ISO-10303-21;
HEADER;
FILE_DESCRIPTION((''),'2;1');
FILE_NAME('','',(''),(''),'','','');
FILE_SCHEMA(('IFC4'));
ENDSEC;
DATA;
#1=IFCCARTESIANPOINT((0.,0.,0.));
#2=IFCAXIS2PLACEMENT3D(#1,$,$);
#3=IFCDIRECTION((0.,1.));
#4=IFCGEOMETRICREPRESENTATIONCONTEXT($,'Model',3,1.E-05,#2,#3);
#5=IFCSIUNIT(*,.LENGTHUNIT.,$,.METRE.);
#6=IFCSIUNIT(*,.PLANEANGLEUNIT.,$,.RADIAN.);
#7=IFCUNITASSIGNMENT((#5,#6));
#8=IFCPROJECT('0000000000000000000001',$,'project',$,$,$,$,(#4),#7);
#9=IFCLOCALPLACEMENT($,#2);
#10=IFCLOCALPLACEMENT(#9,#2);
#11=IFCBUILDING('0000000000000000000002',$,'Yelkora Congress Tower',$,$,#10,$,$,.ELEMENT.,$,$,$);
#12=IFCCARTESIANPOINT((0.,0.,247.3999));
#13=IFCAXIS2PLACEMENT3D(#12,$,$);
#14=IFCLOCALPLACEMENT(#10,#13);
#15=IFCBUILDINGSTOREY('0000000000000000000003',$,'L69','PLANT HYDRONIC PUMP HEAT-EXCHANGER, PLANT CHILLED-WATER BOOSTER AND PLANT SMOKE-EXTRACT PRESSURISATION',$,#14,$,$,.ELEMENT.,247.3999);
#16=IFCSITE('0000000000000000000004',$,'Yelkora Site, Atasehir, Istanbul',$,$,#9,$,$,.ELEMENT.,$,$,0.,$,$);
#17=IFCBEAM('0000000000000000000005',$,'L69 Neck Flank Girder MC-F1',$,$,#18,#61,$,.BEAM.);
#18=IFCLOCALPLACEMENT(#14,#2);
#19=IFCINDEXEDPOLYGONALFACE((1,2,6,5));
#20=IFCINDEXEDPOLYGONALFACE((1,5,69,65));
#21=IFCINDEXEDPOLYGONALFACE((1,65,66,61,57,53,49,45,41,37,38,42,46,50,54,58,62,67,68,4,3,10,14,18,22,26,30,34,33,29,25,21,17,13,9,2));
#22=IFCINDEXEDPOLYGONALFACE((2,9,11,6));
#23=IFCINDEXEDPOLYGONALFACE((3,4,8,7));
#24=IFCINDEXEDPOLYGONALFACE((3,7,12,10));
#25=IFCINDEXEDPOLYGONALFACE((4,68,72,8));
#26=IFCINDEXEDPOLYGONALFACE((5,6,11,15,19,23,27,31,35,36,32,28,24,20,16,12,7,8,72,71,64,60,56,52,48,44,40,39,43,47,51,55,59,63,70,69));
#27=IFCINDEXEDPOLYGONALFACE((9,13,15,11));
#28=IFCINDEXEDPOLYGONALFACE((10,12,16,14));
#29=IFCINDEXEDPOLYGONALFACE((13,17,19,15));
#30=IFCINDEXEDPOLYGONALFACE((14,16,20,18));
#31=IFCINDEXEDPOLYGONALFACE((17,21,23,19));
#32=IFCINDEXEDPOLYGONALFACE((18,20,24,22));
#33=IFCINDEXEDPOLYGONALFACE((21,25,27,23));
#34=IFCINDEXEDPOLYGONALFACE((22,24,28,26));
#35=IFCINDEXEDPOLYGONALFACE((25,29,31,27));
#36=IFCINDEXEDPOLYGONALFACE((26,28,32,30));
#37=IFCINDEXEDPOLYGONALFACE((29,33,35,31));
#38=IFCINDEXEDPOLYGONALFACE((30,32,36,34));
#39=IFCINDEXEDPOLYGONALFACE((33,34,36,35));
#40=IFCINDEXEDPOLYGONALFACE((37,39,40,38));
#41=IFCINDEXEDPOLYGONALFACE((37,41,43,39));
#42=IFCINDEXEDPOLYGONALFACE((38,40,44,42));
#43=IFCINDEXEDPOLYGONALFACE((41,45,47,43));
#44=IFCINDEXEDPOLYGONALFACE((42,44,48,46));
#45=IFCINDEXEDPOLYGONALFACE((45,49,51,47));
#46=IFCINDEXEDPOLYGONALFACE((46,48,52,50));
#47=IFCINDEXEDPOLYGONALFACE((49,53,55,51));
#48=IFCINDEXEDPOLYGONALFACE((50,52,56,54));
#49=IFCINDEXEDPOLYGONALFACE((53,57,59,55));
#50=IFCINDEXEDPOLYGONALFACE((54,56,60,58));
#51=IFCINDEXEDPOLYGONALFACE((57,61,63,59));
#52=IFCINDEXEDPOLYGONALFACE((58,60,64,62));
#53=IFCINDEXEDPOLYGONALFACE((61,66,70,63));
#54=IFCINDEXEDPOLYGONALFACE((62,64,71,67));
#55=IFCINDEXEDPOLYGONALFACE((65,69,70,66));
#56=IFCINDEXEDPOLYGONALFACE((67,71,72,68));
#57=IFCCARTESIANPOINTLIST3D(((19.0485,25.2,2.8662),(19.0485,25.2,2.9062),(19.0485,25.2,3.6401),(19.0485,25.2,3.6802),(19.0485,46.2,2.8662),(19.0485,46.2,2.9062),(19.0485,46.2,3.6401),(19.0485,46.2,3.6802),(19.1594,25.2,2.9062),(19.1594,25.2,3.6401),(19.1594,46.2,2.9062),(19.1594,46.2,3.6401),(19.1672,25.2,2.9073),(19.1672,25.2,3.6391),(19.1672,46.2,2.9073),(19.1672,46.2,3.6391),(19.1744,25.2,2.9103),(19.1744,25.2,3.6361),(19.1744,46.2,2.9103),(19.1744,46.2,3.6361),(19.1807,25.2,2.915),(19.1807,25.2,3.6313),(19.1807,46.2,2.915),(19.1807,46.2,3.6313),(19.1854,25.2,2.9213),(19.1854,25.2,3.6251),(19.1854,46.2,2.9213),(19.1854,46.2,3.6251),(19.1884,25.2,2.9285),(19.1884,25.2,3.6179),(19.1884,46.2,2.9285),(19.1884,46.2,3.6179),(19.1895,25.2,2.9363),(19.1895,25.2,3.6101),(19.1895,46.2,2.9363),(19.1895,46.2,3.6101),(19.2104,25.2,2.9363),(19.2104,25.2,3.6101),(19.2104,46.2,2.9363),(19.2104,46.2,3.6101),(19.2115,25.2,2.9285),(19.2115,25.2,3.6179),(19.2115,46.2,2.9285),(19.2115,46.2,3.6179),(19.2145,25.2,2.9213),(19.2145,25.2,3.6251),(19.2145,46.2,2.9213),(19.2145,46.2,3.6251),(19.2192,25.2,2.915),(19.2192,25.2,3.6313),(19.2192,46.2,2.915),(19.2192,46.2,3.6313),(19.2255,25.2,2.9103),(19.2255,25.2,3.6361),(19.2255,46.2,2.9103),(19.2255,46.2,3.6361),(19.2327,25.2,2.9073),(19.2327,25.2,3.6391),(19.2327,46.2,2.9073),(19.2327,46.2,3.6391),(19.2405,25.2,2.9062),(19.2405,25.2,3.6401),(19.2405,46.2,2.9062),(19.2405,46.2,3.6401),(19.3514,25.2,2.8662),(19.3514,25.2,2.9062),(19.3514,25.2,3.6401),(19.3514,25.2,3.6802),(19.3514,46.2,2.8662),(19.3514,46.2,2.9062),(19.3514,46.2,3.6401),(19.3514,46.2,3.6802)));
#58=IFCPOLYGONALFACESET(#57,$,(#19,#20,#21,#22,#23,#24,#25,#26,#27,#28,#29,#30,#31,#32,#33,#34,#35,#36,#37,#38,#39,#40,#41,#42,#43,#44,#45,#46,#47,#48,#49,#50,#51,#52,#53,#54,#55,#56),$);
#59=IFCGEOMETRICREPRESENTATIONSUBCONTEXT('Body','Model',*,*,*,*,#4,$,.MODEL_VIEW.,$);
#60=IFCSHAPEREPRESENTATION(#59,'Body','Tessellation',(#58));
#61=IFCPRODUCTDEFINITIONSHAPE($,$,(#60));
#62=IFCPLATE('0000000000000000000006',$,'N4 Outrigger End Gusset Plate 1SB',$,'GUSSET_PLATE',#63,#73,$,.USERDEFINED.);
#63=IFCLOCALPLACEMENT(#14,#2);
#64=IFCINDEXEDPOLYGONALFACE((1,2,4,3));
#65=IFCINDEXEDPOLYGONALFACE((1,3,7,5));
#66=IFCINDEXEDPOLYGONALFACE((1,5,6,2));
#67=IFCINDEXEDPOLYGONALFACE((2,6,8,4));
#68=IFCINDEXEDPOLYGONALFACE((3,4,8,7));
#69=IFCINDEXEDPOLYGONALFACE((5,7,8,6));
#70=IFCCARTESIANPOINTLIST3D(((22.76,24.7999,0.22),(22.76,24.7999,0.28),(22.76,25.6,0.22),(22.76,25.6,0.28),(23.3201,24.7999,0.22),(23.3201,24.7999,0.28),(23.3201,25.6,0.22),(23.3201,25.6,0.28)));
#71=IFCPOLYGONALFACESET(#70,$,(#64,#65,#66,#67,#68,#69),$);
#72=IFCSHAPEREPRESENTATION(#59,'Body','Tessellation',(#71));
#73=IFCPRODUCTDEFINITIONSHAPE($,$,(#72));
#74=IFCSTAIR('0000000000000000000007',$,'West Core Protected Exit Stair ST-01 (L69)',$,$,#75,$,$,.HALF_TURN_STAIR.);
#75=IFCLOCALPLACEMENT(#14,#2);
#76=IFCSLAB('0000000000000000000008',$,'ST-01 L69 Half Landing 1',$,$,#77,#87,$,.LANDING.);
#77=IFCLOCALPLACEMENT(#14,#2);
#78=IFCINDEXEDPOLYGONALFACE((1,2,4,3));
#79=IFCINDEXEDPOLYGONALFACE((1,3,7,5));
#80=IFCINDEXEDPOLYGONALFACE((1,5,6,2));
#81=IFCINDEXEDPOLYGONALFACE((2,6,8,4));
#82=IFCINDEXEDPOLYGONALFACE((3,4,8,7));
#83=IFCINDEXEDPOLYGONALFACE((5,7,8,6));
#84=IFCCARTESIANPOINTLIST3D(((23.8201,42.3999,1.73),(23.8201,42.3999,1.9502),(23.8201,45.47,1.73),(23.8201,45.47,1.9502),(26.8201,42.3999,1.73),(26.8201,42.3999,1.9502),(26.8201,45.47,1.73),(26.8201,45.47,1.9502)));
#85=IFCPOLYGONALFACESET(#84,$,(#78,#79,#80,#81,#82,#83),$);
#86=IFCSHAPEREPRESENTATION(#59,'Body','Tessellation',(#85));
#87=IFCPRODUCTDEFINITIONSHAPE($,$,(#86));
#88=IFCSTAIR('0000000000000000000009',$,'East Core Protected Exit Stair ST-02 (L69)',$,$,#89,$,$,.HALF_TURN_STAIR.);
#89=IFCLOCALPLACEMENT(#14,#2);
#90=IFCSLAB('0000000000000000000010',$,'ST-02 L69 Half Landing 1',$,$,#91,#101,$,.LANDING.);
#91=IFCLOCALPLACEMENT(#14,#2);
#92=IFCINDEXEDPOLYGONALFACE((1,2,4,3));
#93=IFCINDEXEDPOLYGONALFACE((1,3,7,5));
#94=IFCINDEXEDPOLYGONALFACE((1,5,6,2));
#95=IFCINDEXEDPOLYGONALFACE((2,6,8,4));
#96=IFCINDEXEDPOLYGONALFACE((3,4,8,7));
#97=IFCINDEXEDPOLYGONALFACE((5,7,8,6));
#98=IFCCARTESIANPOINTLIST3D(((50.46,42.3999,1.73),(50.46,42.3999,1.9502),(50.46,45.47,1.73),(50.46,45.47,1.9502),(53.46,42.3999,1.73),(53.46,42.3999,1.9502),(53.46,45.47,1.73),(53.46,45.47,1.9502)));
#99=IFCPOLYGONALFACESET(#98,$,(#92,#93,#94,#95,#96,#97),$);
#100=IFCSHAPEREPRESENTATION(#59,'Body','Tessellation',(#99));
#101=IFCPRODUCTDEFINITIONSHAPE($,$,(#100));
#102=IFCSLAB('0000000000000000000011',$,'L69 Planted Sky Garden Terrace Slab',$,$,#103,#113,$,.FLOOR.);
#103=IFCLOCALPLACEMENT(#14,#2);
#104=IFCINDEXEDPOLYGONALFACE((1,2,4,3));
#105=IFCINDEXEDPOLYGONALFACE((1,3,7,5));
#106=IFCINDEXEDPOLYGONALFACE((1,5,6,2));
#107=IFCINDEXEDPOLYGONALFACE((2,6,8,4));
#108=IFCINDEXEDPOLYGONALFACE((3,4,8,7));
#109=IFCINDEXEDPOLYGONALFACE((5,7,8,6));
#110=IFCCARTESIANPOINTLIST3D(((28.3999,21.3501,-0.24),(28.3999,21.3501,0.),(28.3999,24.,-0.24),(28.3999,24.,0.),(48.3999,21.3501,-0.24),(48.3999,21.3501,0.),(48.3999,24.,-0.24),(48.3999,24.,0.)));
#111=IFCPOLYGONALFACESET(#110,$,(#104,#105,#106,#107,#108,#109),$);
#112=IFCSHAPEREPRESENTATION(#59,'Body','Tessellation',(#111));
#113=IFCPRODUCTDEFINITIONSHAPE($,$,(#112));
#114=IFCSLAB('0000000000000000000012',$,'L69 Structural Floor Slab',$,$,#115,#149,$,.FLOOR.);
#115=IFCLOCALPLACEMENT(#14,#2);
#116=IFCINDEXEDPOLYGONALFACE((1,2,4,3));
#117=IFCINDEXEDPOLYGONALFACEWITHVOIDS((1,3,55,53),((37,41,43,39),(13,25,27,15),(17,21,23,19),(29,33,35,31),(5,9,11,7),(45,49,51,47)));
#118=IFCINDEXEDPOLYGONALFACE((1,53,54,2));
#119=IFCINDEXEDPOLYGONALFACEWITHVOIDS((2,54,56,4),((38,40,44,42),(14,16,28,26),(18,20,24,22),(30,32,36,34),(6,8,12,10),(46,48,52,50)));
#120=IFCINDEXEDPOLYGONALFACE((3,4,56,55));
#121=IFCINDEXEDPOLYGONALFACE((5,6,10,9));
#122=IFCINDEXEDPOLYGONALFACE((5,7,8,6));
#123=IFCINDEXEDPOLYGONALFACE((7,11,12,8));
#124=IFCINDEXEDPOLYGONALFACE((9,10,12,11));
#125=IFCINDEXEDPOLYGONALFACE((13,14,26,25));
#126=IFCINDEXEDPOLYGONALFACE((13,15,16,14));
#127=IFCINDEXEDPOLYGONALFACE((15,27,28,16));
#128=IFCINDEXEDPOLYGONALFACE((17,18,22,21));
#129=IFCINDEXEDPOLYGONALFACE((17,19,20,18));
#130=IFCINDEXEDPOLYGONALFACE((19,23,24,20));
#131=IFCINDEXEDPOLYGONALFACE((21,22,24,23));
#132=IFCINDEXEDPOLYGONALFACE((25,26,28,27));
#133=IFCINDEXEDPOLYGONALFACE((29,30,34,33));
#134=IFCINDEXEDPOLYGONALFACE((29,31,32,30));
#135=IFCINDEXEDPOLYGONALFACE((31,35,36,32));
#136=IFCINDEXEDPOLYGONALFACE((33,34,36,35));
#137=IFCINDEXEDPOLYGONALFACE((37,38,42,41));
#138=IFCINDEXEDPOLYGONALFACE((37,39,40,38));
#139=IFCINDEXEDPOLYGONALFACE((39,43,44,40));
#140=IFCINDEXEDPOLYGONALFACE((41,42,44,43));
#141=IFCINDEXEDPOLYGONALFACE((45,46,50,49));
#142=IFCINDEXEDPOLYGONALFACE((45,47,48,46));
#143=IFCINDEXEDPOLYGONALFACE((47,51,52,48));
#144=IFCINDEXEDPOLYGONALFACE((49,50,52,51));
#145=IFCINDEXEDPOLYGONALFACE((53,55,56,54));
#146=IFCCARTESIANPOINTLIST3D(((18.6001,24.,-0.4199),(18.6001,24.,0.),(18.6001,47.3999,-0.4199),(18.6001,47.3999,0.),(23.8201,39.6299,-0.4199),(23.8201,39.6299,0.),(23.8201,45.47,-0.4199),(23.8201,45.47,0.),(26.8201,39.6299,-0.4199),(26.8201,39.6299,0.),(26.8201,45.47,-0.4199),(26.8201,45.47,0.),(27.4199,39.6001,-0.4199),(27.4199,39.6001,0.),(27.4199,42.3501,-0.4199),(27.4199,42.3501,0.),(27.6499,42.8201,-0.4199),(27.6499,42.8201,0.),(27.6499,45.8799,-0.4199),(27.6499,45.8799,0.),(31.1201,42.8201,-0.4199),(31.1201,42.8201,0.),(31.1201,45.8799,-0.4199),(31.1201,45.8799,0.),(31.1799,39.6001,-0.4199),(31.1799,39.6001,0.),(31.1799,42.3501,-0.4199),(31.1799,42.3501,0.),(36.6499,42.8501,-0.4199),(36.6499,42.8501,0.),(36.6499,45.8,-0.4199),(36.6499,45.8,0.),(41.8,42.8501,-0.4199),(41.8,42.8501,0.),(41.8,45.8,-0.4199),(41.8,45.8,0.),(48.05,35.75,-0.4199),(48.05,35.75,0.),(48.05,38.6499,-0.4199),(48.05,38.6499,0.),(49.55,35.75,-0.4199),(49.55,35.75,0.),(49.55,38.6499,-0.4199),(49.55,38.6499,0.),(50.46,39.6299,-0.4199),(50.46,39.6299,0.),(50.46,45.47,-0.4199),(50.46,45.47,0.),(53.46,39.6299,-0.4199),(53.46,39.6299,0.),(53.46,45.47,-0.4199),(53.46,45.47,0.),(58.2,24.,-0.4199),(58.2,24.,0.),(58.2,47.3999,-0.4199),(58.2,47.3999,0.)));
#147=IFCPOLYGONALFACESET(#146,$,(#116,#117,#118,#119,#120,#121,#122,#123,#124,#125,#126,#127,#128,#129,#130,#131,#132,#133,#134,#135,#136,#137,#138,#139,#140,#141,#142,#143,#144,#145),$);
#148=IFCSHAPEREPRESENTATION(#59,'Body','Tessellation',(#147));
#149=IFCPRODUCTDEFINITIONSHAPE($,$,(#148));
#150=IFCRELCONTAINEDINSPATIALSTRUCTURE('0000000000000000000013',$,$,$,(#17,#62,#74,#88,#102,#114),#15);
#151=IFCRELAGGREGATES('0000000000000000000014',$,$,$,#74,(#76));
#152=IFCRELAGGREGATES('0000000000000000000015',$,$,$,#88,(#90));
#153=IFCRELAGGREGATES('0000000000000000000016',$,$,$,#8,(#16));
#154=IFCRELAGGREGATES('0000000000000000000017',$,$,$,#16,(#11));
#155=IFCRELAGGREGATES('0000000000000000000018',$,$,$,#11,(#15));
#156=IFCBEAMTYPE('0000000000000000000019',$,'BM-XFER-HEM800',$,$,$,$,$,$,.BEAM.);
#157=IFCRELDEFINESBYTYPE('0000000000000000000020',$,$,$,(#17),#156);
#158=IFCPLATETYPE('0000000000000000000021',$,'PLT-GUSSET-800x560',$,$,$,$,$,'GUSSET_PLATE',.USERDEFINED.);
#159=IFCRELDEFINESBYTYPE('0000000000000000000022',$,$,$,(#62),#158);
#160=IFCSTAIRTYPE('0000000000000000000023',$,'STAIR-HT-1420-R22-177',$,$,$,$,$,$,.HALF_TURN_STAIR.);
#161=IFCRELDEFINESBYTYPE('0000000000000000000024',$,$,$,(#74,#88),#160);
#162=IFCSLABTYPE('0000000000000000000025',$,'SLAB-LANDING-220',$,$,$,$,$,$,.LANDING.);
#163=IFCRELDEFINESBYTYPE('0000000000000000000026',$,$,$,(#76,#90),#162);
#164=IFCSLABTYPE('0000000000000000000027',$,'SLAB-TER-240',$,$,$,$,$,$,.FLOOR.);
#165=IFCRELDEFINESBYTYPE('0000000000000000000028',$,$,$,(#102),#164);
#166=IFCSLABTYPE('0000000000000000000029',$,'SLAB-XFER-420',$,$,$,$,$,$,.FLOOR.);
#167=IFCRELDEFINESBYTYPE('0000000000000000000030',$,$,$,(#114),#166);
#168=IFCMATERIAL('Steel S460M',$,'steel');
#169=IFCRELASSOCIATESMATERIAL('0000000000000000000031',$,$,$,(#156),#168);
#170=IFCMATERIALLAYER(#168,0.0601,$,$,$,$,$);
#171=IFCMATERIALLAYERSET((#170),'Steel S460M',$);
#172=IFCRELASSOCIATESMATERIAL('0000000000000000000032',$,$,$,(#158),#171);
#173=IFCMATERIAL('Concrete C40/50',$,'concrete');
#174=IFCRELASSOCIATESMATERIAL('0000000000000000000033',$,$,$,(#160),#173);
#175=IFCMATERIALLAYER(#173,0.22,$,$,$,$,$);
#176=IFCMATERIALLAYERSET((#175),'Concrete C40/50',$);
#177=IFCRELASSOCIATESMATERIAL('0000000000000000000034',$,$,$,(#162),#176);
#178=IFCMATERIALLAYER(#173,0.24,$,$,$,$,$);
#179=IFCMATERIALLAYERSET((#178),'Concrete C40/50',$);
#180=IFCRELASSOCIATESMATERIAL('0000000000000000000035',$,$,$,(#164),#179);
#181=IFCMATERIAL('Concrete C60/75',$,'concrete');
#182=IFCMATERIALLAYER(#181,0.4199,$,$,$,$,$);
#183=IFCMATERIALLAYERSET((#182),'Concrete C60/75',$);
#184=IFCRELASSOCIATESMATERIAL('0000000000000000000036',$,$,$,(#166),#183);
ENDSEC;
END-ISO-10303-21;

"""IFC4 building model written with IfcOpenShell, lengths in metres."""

from ifc_helpers import new_model, si_unit, direction, frame, origin, origin_2d, place, context, subcontext, project, spatial, polyline, rectangle, i_section, outline, extrude, material, layer, layer_set, material_profile, profile_set, type_object, element, aggregate, save


model = new_model("IFC4")

# Units and contexts
model_context = context("Model", 3, precision=1e-05, world=origin(), true_north=direction((0.0, 1.0)))
body_context = subcontext(model_context, "Body", "Model", "MODEL_VIEW")
ifc_project = project(units=[si_unit("LENGTHUNIT", "METRE"), si_unit("PLANEANGLEUNIT", "RADIAN")], contexts=[model_context])

# Site, building, storey
site_placement = place(None, origin())
site = spatial("IfcSite", under=ifc_project, at=site_placement, Name="Yelkora Site, Atasehir, Istanbul", CompositionType="ELEMENT", RefElevation=0.0)
building_placement = place(site_placement, origin())
building = spatial("IfcBuilding", under=site, at=building_placement, Name="Yelkora Congress Tower", CompositionType="ELEMENT")
storey_placement = place(building_placement, frame((0.0, 0.0, 247.3999)))
storey = spatial("IfcBuildingStorey", under=building, at=storey_placement, Name="L69", Description="PLANT HYDRONIC PUMP HEAT-EXCHANGER, PLANT CHILLED-WATER BOOSTER AND PLANT SMOKE-EXTRACT PRESSURISATION", CompositionType="ELEMENT", Elevation=247.3999)

# Shared definitions
ifc_material_1 = material(Name="Steel S460M", Category="steel")

# Beam
ifc_material_profile_1 = material_profile(ifc_material_1, i_section(OverallWidth=0.303, OverallDepth=0.814, WebThickness=0.021, FlangeThickness=0.04, FilletRadius=0.03, at=origin_2d()), Name="HEM 800")
ifc_profile_set_1 = profile_set([ifc_material_profile_1], Name="Steel S460M")
beam_type = type_object("IfcBeamType", Name="BM-XFER-HEM800", PredefinedType="BEAM", material=ifc_profile_set_1)
beam_1_placement = place(storey_placement, frame((19.2, 25.2, 3.2732), z_axis=(0.0, 1.0, 0.0), x_axis=(-1.0, 0.0, 0.0)))
element("IfcBeam", 1, at=beam_1_placement, inside=storey, type_object=beam_type, Name="L69 Neck Flank Girder MC-F1", PredefinedType="BEAM", context=body_context, shape_type="SweptSolid", body=[
    extrude(i_section(OverallWidth=0.303, OverallDepth=0.814, WebThickness=0.021, FlangeThickness=0.04, FilletRadius=0.03, at=origin_2d()), origin(), (0.0, 0.0, 1.0), 21.0),
])

# Plate
ifc_layer_1 = layer(ifc_material_1, 0.0601)
ifc_layer_set_1 = layer_set([ifc_layer_1], Name="Steel S460M")
plate_type = type_object("IfcPlateType", Name="PLT-GUSSET-800x560", ElementType="GUSSET_PLATE", PredefinedType="USERDEFINED", material=ifc_layer_set_1)
plate_placement = place(storey_placement, frame((23.04, 25.2, 0.22), z_axis=(0.0, 0.0, 1.0), x_axis=(0.0, 1.0, 0.0)))
element("IfcPlate", 2, at=plate_placement, inside=storey, type_object=plate_type, Name="N4 Outrigger End Gusset Plate 1SB", ObjectType="GUSSET_PLATE", PredefinedType="USERDEFINED", context=body_context, shape_type="SweptSolid", body=[
    extrude(rectangle(XDim=0.8, YDim=0.5601, at=origin_2d()), origin(), (0.0, 0.0, 1.0), 0.0601),
])

# Stairs, slabs
ifc_material_2 = material(Name="Concrete C40/50", Category="concrete")
stair_type = type_object("IfcStairType", Name="STAIR-HT-1420-R22-177", PredefinedType="HALF_TURN_STAIR", material=ifc_material_2)
stair_1_placement = place(storey_placement, origin())
stair_1 = element("IfcStair", 3, at=stair_1_placement, inside=storey, type_object=stair_type, Name="West Core Protected Exit Stair ST-01 (L69)", PredefinedType="HALF_TURN_STAIR")
ifc_layer_2 = layer(ifc_material_2, 0.22)
ifc_layer_set_2 = layer_set([ifc_layer_2], Name="Concrete C40/50")
slab_type_1 = type_object("IfcSlabType", Name="SLAB-LANDING-220", PredefinedType="LANDING", material=ifc_layer_set_2)
slab_1_placement = place(storey_placement, frame((0.0, 0.0, 1.73)))
slab_1 = element("IfcSlab", 4, at=slab_1_placement, type_object=slab_type_1, Name="ST-01 L69 Half Landing 1", PredefinedType="LANDING", context=body_context, shape_type="SweptSolid", body=[
    extrude(outline(polyline([(26.8201, 42.3999), (26.8201, 45.47), (23.8201, 45.47), (23.8201, 42.3999), (26.8201, 42.3999)])), origin(), (0.0, 0.0, 1.0), 0.2202),
])
aggregate(stair_1, [slab_1])
stair_2_placement = place(storey_placement, origin())
stair_2 = element("IfcStair", 5, at=stair_2_placement, inside=storey, type_object=stair_type, Name="East Core Protected Exit Stair ST-02 (L69)", PredefinedType="HALF_TURN_STAIR")
slab_2_placement = place(storey_placement, frame((0.0, 0.0, 1.73)))
slab_2 = element("IfcSlab", 6, at=slab_2_placement, type_object=slab_type_1, Name="ST-02 L69 Half Landing 1", PredefinedType="LANDING", context=body_context, shape_type="SweptSolid", body=[
    extrude(outline(polyline([(53.46, 42.3999), (53.46, 45.47), (50.46, 45.47), (50.46, 42.3999), (53.46, 42.3999)])), origin(), (0.0, 0.0, 1.0), 0.2202),
])
aggregate(stair_2, [slab_2])

# Slabs
ifc_layer_3 = layer(ifc_material_2, 0.24)
ifc_layer_set_3 = layer_set([ifc_layer_3], Name="Concrete C40/50")
slab_type_2 = type_object("IfcSlabType", Name="SLAB-TER-240", PredefinedType="FLOOR", material=ifc_layer_set_3)
slab_3_placement = place(storey_placement, frame((0.0, 0.0, -0.24)))
element("IfcSlab", 7, at=slab_3_placement, inside=storey, type_object=slab_type_2, Name="L69 Planted Sky Garden Terrace Slab", PredefinedType="FLOOR", context=body_context, shape_type="SweptSolid", body=[
    extrude(outline(polyline([(28.3999, 21.3501), (28.3999, 24.0), (48.3999, 24.0), (48.3999, 21.3501), (28.3999, 21.3501)])), origin(), (0.0, 0.0, 1.0), 0.24),
])
ifc_material_3 = material(Name="Concrete C60/75", Category="concrete")
ifc_layer_4 = layer(ifc_material_3, 0.4199)
ifc_layer_set_4 = layer_set([ifc_layer_4], Name="Concrete C60/75")
slab_type_3 = type_object("IfcSlabType", Name="SLAB-XFER-420", PredefinedType="FLOOR", material=ifc_layer_set_4)
slab_4_placement = place(storey_placement, frame((0.0, 0.0, -0.4199)))
element("IfcSlab", 8, at=slab_4_placement, inside=storey, type_object=slab_type_3, Name="L69 Structural Floor Slab", PredefinedType="FLOOR", context=body_context, shape_type="SweptSolid", body=[
    extrude(outline(polyline([(18.6001, 24.0), (58.2, 24.0), (58.2, 47.3999), (18.6001, 47.3999), (18.6001, 24.0)]), holes=[polyline([(23.8201, 39.6299), (26.8201, 39.6299), (26.8201, 45.47), (23.8201, 45.47), (23.8201, 39.6299)]), polyline([(50.46, 39.6299), (53.46, 39.6299), (53.46, 45.47), (50.46, 45.47), (50.46, 39.6299)]), polyline([(48.05, 35.75), (49.55, 35.75), (49.55, 38.6499), (48.05, 38.6499), (48.05, 35.75)]), polyline([(36.6499, 42.8501), (41.8, 42.8501), (41.8, 45.8), (36.6499, 45.8), (36.6499, 42.8501)]), polyline([(27.4199, 39.6001), (31.1799, 39.6001), (31.1799, 42.3501), (27.4199, 42.3501), (27.4199, 39.6001)]), polyline([(27.6499, 42.8201), (31.1201, 42.8201), (31.1201, 45.8799), (27.6499, 45.8799), (27.6499, 42.8201)])]), origin(), (0.0, 0.0, 1.0), 0.4199),
])

save(model, "model.ifc")
